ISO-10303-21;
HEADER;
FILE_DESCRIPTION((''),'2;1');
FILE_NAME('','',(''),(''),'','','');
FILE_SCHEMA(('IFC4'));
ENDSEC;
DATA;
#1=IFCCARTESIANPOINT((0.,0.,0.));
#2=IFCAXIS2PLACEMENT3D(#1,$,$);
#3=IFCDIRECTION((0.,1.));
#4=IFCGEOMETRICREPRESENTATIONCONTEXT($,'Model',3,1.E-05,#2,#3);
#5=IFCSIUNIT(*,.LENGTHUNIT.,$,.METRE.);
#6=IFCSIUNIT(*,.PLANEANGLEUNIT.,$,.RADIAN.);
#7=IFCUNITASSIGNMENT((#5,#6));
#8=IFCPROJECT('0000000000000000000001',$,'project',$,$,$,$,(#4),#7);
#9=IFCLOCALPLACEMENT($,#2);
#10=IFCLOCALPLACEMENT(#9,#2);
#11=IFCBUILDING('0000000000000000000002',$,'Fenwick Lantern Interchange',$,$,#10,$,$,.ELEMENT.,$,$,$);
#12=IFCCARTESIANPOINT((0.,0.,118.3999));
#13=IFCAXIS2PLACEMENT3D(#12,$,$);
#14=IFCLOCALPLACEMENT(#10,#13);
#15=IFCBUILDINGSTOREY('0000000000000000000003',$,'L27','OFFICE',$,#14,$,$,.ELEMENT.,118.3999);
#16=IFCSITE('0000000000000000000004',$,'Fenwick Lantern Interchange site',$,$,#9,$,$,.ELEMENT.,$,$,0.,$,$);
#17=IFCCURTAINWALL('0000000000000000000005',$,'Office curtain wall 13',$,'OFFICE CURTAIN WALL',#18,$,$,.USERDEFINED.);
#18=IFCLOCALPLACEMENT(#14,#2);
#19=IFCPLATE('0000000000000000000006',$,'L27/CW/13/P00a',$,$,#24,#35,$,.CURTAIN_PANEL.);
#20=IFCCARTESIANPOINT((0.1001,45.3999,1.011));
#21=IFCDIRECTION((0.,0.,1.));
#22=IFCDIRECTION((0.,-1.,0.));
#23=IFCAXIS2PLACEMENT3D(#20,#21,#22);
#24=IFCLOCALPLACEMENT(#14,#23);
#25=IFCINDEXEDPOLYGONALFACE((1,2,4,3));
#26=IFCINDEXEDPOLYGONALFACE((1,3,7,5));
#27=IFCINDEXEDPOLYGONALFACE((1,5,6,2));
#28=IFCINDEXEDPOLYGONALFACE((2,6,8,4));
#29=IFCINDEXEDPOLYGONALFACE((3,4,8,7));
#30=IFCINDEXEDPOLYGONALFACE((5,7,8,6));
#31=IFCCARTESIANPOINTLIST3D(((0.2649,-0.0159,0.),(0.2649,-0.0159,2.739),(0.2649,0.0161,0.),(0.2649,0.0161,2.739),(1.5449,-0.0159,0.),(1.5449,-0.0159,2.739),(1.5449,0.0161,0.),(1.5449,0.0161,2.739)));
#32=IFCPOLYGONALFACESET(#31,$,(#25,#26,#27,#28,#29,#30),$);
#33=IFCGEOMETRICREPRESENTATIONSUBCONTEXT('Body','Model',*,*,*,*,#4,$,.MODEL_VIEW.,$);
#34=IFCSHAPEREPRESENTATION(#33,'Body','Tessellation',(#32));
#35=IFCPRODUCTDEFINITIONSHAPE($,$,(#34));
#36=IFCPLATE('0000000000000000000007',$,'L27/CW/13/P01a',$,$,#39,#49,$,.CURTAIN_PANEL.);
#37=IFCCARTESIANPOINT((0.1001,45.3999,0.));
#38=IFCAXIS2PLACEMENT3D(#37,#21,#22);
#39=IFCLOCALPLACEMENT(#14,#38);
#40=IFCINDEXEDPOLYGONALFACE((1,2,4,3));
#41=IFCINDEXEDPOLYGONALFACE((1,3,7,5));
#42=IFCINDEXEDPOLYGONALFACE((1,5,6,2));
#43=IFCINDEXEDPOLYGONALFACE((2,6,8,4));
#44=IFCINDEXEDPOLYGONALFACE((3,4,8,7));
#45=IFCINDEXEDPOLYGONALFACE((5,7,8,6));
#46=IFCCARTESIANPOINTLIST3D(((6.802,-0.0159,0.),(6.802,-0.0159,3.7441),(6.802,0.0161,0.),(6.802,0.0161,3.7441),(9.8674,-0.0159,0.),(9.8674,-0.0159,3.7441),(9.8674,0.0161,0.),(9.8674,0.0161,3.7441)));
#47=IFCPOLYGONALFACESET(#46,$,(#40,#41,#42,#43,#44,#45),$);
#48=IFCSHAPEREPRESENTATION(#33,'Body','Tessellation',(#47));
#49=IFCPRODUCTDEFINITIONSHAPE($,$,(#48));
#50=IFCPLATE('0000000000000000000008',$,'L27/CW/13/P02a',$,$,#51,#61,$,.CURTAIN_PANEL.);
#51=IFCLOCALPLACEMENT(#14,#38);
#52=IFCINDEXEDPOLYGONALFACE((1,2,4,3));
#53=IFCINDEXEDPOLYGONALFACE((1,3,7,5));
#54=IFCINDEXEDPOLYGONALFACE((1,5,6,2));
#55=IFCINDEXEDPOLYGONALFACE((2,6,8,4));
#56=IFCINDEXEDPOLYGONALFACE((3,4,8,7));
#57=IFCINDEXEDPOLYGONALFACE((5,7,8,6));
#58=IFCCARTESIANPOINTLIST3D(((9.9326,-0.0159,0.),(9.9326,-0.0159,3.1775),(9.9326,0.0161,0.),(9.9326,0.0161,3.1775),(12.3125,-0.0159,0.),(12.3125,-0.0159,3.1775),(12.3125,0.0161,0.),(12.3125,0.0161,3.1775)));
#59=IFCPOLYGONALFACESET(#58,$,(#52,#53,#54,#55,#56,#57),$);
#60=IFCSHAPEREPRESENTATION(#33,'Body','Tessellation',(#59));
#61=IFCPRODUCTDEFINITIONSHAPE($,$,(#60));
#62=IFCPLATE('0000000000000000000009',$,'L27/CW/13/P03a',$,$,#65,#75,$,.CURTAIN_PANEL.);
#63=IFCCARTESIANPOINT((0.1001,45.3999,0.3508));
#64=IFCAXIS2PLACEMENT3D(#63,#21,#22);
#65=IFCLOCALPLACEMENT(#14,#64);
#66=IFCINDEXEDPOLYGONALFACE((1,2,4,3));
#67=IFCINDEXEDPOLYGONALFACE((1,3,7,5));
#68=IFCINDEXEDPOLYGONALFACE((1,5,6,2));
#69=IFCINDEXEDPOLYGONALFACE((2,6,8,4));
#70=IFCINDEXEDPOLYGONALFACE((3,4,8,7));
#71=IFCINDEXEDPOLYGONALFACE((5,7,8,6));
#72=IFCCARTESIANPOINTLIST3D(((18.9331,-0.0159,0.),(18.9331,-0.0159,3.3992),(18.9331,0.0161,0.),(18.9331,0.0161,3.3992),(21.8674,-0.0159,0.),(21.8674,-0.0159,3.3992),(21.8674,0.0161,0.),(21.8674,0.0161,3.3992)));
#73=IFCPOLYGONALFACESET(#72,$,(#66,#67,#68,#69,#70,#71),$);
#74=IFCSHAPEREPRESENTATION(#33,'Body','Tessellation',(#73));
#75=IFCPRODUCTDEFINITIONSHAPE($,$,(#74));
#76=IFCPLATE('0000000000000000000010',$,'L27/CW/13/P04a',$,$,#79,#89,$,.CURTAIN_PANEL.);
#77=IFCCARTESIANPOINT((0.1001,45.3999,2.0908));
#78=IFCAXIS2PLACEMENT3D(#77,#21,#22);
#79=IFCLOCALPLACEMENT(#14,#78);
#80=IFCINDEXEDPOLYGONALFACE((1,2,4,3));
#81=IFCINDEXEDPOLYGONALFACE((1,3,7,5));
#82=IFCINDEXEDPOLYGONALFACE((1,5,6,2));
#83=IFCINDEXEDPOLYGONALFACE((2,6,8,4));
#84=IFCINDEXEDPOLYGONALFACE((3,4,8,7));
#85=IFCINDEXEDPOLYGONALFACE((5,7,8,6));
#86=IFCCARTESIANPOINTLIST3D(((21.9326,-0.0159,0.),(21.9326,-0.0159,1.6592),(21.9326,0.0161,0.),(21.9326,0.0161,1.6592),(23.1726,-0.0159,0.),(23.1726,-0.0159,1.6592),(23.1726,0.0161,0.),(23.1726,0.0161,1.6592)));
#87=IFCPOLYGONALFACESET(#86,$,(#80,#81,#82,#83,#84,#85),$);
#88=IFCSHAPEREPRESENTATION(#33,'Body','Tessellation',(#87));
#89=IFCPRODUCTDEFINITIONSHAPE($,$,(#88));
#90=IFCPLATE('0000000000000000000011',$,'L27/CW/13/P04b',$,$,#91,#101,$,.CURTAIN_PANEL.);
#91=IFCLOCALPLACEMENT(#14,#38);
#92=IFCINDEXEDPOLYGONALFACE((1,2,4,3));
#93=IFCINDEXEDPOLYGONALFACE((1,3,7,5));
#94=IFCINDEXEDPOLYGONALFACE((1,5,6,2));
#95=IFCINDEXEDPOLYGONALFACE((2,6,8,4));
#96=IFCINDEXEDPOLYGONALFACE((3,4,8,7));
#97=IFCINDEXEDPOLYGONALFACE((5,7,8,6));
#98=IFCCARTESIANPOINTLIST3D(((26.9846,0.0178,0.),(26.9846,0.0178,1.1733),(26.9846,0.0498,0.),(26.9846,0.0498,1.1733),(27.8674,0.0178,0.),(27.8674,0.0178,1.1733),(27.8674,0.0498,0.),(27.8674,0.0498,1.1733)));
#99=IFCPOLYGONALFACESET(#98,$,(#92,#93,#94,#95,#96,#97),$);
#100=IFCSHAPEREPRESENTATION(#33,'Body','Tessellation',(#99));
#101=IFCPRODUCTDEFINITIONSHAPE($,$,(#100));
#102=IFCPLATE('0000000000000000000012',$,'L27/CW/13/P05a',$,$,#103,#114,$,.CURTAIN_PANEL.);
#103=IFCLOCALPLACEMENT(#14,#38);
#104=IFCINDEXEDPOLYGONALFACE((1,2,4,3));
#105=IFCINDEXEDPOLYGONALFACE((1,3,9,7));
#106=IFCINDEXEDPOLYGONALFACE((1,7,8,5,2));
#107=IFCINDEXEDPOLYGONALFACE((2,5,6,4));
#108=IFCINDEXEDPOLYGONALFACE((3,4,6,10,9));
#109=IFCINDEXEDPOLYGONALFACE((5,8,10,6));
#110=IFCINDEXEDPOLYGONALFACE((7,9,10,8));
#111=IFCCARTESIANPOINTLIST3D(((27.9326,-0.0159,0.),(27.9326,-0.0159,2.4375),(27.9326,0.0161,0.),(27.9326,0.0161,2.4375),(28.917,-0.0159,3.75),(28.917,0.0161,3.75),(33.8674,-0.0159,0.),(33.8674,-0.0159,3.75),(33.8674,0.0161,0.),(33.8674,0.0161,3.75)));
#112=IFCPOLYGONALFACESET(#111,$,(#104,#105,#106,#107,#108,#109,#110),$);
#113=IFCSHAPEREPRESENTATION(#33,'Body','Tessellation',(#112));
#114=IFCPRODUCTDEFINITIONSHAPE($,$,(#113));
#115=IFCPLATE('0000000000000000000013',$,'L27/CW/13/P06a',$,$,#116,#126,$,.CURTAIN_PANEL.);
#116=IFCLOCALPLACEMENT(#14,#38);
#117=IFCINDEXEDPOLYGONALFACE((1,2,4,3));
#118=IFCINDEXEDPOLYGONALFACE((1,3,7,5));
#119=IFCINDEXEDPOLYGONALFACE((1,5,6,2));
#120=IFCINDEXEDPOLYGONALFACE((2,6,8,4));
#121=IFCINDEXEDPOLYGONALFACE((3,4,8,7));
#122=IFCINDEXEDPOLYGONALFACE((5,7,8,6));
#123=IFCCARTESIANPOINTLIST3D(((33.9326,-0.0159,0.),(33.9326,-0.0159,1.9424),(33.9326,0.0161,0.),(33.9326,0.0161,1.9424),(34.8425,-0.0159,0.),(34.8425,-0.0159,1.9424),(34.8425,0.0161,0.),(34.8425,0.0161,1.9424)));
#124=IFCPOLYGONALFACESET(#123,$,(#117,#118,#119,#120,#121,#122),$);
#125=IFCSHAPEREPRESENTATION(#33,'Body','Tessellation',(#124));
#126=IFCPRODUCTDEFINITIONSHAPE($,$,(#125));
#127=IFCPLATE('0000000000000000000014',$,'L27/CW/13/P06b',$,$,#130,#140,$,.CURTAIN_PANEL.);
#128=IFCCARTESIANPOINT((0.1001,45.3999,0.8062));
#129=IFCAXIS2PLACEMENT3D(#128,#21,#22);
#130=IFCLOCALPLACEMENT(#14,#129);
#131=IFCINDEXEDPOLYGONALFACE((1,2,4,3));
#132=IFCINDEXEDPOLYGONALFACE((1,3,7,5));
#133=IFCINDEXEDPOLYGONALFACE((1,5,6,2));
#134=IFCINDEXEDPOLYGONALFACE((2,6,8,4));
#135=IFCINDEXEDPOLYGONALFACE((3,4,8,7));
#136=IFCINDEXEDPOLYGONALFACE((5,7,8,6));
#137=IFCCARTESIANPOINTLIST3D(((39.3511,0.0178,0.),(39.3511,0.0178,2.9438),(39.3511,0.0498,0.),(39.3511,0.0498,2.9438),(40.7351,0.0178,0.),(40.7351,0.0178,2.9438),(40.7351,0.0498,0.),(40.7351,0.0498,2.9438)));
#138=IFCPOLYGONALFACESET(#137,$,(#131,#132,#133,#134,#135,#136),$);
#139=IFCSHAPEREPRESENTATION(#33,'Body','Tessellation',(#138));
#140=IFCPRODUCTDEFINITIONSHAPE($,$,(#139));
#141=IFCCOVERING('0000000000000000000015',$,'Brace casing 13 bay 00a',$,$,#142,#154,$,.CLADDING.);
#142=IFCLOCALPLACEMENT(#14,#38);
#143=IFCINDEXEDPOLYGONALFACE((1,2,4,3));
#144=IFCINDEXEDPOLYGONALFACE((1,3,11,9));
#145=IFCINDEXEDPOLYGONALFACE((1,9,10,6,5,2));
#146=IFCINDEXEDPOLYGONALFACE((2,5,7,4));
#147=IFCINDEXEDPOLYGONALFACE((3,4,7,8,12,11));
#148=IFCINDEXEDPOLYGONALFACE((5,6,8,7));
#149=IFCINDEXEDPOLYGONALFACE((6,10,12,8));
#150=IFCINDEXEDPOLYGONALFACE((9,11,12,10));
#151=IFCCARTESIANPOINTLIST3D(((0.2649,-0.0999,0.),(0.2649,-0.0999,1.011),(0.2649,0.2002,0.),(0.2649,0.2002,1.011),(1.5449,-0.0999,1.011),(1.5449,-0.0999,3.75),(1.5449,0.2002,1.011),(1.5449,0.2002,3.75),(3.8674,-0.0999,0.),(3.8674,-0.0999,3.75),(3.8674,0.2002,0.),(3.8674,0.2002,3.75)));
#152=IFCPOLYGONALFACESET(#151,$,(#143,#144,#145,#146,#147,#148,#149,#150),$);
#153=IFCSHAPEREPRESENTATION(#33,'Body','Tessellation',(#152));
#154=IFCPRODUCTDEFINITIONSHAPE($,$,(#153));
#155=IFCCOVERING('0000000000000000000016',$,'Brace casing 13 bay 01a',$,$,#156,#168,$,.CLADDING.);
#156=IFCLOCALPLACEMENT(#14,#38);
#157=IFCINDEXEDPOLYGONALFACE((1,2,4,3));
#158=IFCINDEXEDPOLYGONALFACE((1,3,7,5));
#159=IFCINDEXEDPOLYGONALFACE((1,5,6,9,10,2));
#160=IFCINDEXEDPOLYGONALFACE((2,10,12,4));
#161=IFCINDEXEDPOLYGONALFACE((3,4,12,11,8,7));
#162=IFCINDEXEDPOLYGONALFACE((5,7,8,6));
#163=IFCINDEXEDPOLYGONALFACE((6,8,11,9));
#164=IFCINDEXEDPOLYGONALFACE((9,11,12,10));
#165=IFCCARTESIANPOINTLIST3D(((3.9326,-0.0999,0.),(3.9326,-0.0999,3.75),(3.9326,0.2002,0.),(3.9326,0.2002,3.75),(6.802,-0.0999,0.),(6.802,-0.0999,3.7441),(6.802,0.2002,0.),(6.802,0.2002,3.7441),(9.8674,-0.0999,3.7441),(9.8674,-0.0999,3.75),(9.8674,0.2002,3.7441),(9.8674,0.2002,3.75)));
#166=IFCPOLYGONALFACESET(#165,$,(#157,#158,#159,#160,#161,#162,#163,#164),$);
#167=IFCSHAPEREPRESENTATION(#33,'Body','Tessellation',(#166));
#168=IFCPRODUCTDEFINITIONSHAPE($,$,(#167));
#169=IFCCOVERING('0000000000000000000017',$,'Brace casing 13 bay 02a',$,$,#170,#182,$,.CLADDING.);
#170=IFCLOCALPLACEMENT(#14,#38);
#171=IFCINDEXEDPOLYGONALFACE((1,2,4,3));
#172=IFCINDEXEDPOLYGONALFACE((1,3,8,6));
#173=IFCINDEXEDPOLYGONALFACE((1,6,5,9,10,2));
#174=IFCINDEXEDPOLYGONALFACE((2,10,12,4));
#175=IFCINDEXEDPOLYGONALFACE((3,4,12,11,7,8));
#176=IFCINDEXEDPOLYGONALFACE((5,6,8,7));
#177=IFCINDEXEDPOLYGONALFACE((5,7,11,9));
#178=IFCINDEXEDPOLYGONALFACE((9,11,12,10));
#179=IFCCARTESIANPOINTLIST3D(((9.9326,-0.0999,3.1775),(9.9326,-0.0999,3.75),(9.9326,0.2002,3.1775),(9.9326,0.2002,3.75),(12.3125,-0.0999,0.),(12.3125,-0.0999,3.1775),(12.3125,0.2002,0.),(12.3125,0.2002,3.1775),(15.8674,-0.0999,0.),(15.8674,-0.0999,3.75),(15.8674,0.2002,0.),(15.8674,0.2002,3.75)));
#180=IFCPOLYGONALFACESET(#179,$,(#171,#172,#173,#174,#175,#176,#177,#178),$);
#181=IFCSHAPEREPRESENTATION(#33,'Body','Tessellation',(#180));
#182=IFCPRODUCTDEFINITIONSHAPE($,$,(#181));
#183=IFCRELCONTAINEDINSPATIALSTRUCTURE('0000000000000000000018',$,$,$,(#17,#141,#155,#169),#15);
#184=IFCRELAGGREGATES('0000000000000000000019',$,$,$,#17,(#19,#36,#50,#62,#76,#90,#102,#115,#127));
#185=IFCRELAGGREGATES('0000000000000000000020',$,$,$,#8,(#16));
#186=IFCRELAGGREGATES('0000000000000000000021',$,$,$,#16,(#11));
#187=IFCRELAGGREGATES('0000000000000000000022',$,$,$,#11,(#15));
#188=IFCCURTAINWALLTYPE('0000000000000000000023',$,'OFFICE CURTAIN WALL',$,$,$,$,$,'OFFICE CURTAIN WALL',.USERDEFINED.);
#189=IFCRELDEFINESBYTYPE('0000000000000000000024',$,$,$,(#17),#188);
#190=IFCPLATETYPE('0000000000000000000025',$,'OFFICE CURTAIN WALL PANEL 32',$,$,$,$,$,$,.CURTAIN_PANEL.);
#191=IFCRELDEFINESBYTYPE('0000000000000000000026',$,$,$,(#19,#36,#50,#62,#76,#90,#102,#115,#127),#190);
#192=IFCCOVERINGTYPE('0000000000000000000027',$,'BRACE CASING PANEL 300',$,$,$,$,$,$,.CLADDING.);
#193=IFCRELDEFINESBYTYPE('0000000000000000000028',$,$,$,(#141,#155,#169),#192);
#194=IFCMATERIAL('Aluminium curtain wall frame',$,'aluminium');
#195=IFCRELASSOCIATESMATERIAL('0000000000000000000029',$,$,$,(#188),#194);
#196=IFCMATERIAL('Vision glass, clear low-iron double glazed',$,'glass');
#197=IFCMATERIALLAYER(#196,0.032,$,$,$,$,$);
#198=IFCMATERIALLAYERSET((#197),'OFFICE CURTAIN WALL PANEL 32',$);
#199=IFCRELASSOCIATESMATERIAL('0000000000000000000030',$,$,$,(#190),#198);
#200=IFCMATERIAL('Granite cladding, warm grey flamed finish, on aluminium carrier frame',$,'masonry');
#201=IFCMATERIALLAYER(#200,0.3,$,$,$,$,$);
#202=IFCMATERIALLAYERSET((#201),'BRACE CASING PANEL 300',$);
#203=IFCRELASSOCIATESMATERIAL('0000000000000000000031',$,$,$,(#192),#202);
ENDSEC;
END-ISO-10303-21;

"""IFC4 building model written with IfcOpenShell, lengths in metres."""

from ifc_helpers import new_model, si_unit, direction, frame, origin, place, context, subcontext, project, spatial, polyline, outline, extrude, material, layer, layer_set, type_object, element, aggregate, save


model = new_model("IFC4")

# Units and contexts
model_context = context("Model", 3, precision=1e-05, world=origin(), true_north=direction((0.0, 1.0)))
body_context = subcontext(model_context, "Body", "Model", "MODEL_VIEW")
ifc_project = project(units=[si_unit("LENGTHUNIT", "METRE"), si_unit("PLANEANGLEUNIT", "RADIAN")], contexts=[model_context])

# Site, building, storey
site_placement = place(None, origin())
site = spatial("IfcSite", under=ifc_project, at=site_placement, Name="Fenwick Lantern Interchange site", CompositionType="ELEMENT", RefElevation=0.0)
building_placement = place(site_placement, origin())
building = spatial("IfcBuilding", under=site, at=building_placement, Name="Fenwick Lantern Interchange", CompositionType="ELEMENT")
storey_placement = place(building_placement, frame((0.0, 0.0, 118.3999)))
storey = spatial("IfcBuildingStorey", under=building, at=storey_placement, Name="L27", Description="OFFICE", CompositionType="ELEMENT", Elevation=118.3999)

# Curtain wall
ifc_material_1 = material(Name="Aluminium curtain wall frame", Category="aluminium")
curtain_wall_type = type_object("IfcCurtainWallType", Name="OFFICE CURTAIN WALL", ElementType="OFFICE CURTAIN WALL", PredefinedType="USERDEFINED", material=ifc_material_1)
curtain_wall_1_placement = place(storey_placement, origin())
curtain_wall_1 = element("IfcCurtainWall", 1, at=curtain_wall_1_placement, inside=storey, type_object=curtain_wall_type, Name="Office curtain wall 13", ObjectType="OFFICE CURTAIN WALL", PredefinedType="USERDEFINED")

# Plates
ifc_material_2 = material(Name="Vision glass, clear low-iron double glazed", Category="glass")
ifc_layer_1 = layer(ifc_material_2, 0.032)
ifc_layer_set_1 = layer_set([ifc_layer_1], Name="OFFICE CURTAIN WALL PANEL 32")
plate_type = type_object("IfcPlateType", Name="OFFICE CURTAIN WALL PANEL 32", PredefinedType="CURTAIN_PANEL", material=ifc_layer_set_1)
plate_1_placement = place(storey_placement, frame((0.1001, 45.3999, 1.011), z_axis=(0.0, 0.0, 1.0), x_axis=(0.0, -1.0, 0.0)))
plate_1 = element("IfcPlate", 2, at=plate_1_placement, type_object=plate_type, Name="L27/CW/13/P00a", PredefinedType="CURTAIN_PANEL", context=body_context, shape_type="SweptSolid", body=[
    extrude(outline(polyline([(0.2649, 0.0), (1.5449, 0.0), (1.5449, 2.739), (0.2649, 2.739), (0.2649, 0.0)])), frame((0.0, 0.0161, 0.0), z_axis=(0.0, -1.0, 0.0), x_axis=(1.0, 0.0, 0.0)), (0.0, 0.0, 1.0), 0.032),
])
plate_2_placement = place(storey_placement, frame((0.1001, 45.3999, 0.0), z_axis=(0.0, 0.0, 1.0), x_axis=(0.0, -1.0, 0.0)))
plate_2 = element("IfcPlate", 3, at=plate_2_placement, type_object=plate_type, Name="L27/CW/13/P01a", PredefinedType="CURTAIN_PANEL", context=body_context, shape_type="SweptSolid", body=[
    extrude(outline(polyline([(6.802, 0.0), (9.8674, 0.0), (9.8674, 3.7441), (6.802, 3.7441), (6.802, 0.0)])), frame((0.0, 0.0161, 0.0), z_axis=(0.0, -1.0, 0.0), x_axis=(1.0, 0.0, 0.0)), (0.0, 0.0, 1.0), 0.032),
])
plate_3_placement = place(storey_placement, frame((0.1001, 45.3999, 0.0), z_axis=(0.0, 0.0, 1.0), x_axis=(0.0, -1.0, 0.0)))
plate_3 = element("IfcPlate", 4, at=plate_3_placement, type_object=plate_type, Name="L27/CW/13/P02a", PredefinedType="CURTAIN_PANEL", context=body_context, shape_type="SweptSolid", body=[
    extrude(outline(polyline([(9.9326, 0.0), (12.3125, 0.0), (12.3125, 3.1775), (9.9326, 3.1775), (9.9326, 0.0)])), frame((0.0, 0.0161, 0.0), z_axis=(0.0, -1.0, 0.0), x_axis=(1.0, 0.0, 0.0)), (0.0, 0.0, 1.0), 0.032),
])
plate_4_placement = place(storey_placement, frame((0.1001, 45.3999, 0.3508), z_axis=(0.0, 0.0, 1.0), x_axis=(0.0, -1.0, 0.0)))
plate_4 = element("IfcPlate", 5, at=plate_4_placement, type_object=plate_type, Name="L27/CW/13/P03a", PredefinedType="CURTAIN_PANEL", context=body_context, shape_type="SweptSolid", body=[
    extrude(outline(polyline([(18.9331, 0.0), (21.8674, 0.0), (21.8674, 3.3992), (18.9331, 3.3992), (18.9331, 0.0)])), frame((0.0, 0.0161, 0.0), z_axis=(0.0, -1.0, 0.0), x_axis=(1.0, 0.0, 0.0)), (0.0, 0.0, 1.0), 0.032),
])
plate_5_placement = place(storey_placement, frame((0.1001, 45.3999, 2.0908), z_axis=(0.0, 0.0, 1.0), x_axis=(0.0, -1.0, 0.0)))
plate_5 = element("IfcPlate", 6, at=plate_5_placement, type_object=plate_type, Name="L27/CW/13/P04a", PredefinedType="CURTAIN_PANEL", context=body_context, shape_type="SweptSolid", body=[
    extrude(outline(polyline([(21.9326, 0.0), (23.1726, 0.0), (23.1726, 1.6592), (21.9326, 1.6592), (21.9326, 0.0)])), frame((0.0, 0.0161, 0.0), z_axis=(0.0, -1.0, 0.0), x_axis=(1.0, 0.0, 0.0)), (0.0, 0.0, 1.0), 0.032),
])
plate_6_placement = place(storey_placement, frame((0.1001, 45.3999, 0.0), z_axis=(0.0, 0.0, 1.0), x_axis=(0.0, -1.0, 0.0)))
plate_6 = element("IfcPlate", 7, at=plate_6_placement, type_object=plate_type, Name="L27/CW/13/P04b", PredefinedType="CURTAIN_PANEL", context=body_context, shape_type="SweptSolid", body=[
    extrude(outline(polyline([(26.9846, 0.0), (27.8674, 0.0), (27.8674, 1.1733), (26.9846, 1.1733), (26.9846, 0.0)])), frame((0.0, 0.0498, 0.0), z_axis=(0.0, -1.0, 0.0), x_axis=(1.0, 0.0, 0.0)), (0.0, 0.0, 1.0), 0.032),
])
plate_7_placement = place(storey_placement, frame((0.1001, 45.3999, 0.0), z_axis=(0.0, 0.0, 1.0), x_axis=(0.0, -1.0, 0.0)))
plate_7 = element("IfcPlate", 8, at=plate_7_placement, type_object=plate_type, Name="L27/CW/13/P05a", PredefinedType="CURTAIN_PANEL", context=body_context, shape_type="SweptSolid", body=[
    extrude(outline(polyline([(27.9326, 0.0), (33.8674, 0.0), (33.8674, 3.75), (28.917, 3.75), (27.9326, 2.4375), (27.9326, 0.0)])), frame((0.0, 0.0161, 0.0), z_axis=(0.0, -1.0, 0.0), x_axis=(1.0, 0.0, 0.0)), (0.0, 0.0, 1.0), 0.032),
])
plate_8_placement = place(storey_placement, frame((0.1001, 45.3999, 0.0), z_axis=(0.0, 0.0, 1.0), x_axis=(0.0, -1.0, 0.0)))
plate_8 = element("IfcPlate", 9, at=plate_8_placement, type_object=plate_type, Name="L27/CW/13/P06a", PredefinedType="CURTAIN_PANEL", context=body_context, shape_type="SweptSolid", body=[
    extrude(outline(polyline([(33.9326, 0.0), (34.8425, 0.0), (34.8425, 1.9424), (33.9326, 1.9424), (33.9326, 0.0)])), frame((0.0, 0.0161, 0.0), z_axis=(0.0, -1.0, 0.0), x_axis=(1.0, 0.0, 0.0)), (0.0, 0.0, 1.0), 0.032),
])
plate_9_placement = place(storey_placement, frame((0.1001, 45.3999, 0.8062), z_axis=(0.0, 0.0, 1.0), x_axis=(0.0, -1.0, 0.0)))
plate_9 = element("IfcPlate", 10, at=plate_9_placement, type_object=plate_type, Name="L27/CW/13/P06b", PredefinedType="CURTAIN_PANEL", context=body_context, shape_type="SweptSolid", body=[
    extrude(outline(polyline([(39.3511, 0.0), (40.7351, 0.0), (40.7351, 2.9438), (39.3511, 2.9438), (39.3511, 0.0)])), frame((0.0, 0.0498, 0.0), z_axis=(0.0, -1.0, 0.0), x_axis=(1.0, 0.0, 0.0)), (0.0, 0.0, 1.0), 0.032),
])
aggregate(curtain_wall_1, [plate_1, plate_2, plate_3, plate_4, plate_5, plate_6, plate_7, plate_8, plate_9])

# Coverings
ifc_material_3 = material(Name="Granite cladding, warm grey flamed finish, on aluminium carrier frame", Category="masonry")
ifc_layer_2 = layer(ifc_material_3, 0.3)
ifc_layer_set_2 = layer_set([ifc_layer_2], Name="BRACE CASING PANEL 300")
covering_type = type_object("IfcCoveringType", Name="BRACE CASING PANEL 300", PredefinedType="CLADDING", material=ifc_layer_set_2)
covering_1_placement = place(storey_placement, frame((0.1001, 45.3999, 0.0), z_axis=(0.0, 0.0, 1.0), x_axis=(0.0, -1.0, 0.0)))
element("IfcCovering", 11, at=covering_1_placement, inside=storey, type_object=covering_type, Name="Brace casing 13 bay 00a", PredefinedType="CLADDING", context=body_context, shape_type="SweptSolid", body=[
    extrude(outline(polyline([(0.2649, 0.0), (3.8674, 0.0), (3.8674, 3.75), (1.5449, 3.75), (1.5449, 1.011), (0.2649, 1.011), (0.2649, 0.0)])), frame((0.0, 0.2002, 0.0), z_axis=(0.0, -1.0, 0.0), x_axis=(1.0, 0.0, 0.0)), (0.0, 0.0, 1.0), 0.3),
])
covering_2_placement = place(storey_placement, frame((0.1001, 45.3999, 0.0), z_axis=(0.0, 0.0, 1.0), x_axis=(0.0, -1.0, 0.0)))
element("IfcCovering", 12, at=covering_2_placement, inside=storey, type_object=covering_type, Name="Brace casing 13 bay 01a", PredefinedType="CLADDING", context=body_context, shape_type="SweptSolid", body=[
    extrude(outline(polyline([(3.9326, 0.0), (6.802, 0.0), (6.802, 3.7441), (9.8674, 3.7441), (9.8674, 3.75), (3.9326, 3.75), (3.9326, 0.0)])), frame((0.0, 0.2002, 0.0), z_axis=(0.0, -1.0, 0.0), x_axis=(1.0, 0.0, 0.0)), (0.0, 0.0, 1.0), 0.3),
])
covering_3_placement = place(storey_placement, frame((0.1001, 45.3999, 0.0), z_axis=(0.0, 0.0, 1.0), x_axis=(0.0, -1.0, 0.0)))
element("IfcCovering", 13, at=covering_3_placement, inside=storey, type_object=covering_type, Name="Brace casing 13 bay 02a", PredefinedType="CLADDING", context=body_context, shape_type="SweptSolid", body=[
    extrude(outline(polyline([(12.3125, 0.0), (15.8674, 0.0), (15.8674, 3.75), (9.9326, 3.75), (9.9326, 3.1775), (12.3125, 3.1775), (12.3125, 0.0)])), frame((0.0, 0.2002, 0.0), z_axis=(0.0, -1.0, 0.0), x_axis=(1.0, 0.0, 0.0)), (0.0, 0.0, 1.0), 0.3),
])

save(model, "model.ifc")
